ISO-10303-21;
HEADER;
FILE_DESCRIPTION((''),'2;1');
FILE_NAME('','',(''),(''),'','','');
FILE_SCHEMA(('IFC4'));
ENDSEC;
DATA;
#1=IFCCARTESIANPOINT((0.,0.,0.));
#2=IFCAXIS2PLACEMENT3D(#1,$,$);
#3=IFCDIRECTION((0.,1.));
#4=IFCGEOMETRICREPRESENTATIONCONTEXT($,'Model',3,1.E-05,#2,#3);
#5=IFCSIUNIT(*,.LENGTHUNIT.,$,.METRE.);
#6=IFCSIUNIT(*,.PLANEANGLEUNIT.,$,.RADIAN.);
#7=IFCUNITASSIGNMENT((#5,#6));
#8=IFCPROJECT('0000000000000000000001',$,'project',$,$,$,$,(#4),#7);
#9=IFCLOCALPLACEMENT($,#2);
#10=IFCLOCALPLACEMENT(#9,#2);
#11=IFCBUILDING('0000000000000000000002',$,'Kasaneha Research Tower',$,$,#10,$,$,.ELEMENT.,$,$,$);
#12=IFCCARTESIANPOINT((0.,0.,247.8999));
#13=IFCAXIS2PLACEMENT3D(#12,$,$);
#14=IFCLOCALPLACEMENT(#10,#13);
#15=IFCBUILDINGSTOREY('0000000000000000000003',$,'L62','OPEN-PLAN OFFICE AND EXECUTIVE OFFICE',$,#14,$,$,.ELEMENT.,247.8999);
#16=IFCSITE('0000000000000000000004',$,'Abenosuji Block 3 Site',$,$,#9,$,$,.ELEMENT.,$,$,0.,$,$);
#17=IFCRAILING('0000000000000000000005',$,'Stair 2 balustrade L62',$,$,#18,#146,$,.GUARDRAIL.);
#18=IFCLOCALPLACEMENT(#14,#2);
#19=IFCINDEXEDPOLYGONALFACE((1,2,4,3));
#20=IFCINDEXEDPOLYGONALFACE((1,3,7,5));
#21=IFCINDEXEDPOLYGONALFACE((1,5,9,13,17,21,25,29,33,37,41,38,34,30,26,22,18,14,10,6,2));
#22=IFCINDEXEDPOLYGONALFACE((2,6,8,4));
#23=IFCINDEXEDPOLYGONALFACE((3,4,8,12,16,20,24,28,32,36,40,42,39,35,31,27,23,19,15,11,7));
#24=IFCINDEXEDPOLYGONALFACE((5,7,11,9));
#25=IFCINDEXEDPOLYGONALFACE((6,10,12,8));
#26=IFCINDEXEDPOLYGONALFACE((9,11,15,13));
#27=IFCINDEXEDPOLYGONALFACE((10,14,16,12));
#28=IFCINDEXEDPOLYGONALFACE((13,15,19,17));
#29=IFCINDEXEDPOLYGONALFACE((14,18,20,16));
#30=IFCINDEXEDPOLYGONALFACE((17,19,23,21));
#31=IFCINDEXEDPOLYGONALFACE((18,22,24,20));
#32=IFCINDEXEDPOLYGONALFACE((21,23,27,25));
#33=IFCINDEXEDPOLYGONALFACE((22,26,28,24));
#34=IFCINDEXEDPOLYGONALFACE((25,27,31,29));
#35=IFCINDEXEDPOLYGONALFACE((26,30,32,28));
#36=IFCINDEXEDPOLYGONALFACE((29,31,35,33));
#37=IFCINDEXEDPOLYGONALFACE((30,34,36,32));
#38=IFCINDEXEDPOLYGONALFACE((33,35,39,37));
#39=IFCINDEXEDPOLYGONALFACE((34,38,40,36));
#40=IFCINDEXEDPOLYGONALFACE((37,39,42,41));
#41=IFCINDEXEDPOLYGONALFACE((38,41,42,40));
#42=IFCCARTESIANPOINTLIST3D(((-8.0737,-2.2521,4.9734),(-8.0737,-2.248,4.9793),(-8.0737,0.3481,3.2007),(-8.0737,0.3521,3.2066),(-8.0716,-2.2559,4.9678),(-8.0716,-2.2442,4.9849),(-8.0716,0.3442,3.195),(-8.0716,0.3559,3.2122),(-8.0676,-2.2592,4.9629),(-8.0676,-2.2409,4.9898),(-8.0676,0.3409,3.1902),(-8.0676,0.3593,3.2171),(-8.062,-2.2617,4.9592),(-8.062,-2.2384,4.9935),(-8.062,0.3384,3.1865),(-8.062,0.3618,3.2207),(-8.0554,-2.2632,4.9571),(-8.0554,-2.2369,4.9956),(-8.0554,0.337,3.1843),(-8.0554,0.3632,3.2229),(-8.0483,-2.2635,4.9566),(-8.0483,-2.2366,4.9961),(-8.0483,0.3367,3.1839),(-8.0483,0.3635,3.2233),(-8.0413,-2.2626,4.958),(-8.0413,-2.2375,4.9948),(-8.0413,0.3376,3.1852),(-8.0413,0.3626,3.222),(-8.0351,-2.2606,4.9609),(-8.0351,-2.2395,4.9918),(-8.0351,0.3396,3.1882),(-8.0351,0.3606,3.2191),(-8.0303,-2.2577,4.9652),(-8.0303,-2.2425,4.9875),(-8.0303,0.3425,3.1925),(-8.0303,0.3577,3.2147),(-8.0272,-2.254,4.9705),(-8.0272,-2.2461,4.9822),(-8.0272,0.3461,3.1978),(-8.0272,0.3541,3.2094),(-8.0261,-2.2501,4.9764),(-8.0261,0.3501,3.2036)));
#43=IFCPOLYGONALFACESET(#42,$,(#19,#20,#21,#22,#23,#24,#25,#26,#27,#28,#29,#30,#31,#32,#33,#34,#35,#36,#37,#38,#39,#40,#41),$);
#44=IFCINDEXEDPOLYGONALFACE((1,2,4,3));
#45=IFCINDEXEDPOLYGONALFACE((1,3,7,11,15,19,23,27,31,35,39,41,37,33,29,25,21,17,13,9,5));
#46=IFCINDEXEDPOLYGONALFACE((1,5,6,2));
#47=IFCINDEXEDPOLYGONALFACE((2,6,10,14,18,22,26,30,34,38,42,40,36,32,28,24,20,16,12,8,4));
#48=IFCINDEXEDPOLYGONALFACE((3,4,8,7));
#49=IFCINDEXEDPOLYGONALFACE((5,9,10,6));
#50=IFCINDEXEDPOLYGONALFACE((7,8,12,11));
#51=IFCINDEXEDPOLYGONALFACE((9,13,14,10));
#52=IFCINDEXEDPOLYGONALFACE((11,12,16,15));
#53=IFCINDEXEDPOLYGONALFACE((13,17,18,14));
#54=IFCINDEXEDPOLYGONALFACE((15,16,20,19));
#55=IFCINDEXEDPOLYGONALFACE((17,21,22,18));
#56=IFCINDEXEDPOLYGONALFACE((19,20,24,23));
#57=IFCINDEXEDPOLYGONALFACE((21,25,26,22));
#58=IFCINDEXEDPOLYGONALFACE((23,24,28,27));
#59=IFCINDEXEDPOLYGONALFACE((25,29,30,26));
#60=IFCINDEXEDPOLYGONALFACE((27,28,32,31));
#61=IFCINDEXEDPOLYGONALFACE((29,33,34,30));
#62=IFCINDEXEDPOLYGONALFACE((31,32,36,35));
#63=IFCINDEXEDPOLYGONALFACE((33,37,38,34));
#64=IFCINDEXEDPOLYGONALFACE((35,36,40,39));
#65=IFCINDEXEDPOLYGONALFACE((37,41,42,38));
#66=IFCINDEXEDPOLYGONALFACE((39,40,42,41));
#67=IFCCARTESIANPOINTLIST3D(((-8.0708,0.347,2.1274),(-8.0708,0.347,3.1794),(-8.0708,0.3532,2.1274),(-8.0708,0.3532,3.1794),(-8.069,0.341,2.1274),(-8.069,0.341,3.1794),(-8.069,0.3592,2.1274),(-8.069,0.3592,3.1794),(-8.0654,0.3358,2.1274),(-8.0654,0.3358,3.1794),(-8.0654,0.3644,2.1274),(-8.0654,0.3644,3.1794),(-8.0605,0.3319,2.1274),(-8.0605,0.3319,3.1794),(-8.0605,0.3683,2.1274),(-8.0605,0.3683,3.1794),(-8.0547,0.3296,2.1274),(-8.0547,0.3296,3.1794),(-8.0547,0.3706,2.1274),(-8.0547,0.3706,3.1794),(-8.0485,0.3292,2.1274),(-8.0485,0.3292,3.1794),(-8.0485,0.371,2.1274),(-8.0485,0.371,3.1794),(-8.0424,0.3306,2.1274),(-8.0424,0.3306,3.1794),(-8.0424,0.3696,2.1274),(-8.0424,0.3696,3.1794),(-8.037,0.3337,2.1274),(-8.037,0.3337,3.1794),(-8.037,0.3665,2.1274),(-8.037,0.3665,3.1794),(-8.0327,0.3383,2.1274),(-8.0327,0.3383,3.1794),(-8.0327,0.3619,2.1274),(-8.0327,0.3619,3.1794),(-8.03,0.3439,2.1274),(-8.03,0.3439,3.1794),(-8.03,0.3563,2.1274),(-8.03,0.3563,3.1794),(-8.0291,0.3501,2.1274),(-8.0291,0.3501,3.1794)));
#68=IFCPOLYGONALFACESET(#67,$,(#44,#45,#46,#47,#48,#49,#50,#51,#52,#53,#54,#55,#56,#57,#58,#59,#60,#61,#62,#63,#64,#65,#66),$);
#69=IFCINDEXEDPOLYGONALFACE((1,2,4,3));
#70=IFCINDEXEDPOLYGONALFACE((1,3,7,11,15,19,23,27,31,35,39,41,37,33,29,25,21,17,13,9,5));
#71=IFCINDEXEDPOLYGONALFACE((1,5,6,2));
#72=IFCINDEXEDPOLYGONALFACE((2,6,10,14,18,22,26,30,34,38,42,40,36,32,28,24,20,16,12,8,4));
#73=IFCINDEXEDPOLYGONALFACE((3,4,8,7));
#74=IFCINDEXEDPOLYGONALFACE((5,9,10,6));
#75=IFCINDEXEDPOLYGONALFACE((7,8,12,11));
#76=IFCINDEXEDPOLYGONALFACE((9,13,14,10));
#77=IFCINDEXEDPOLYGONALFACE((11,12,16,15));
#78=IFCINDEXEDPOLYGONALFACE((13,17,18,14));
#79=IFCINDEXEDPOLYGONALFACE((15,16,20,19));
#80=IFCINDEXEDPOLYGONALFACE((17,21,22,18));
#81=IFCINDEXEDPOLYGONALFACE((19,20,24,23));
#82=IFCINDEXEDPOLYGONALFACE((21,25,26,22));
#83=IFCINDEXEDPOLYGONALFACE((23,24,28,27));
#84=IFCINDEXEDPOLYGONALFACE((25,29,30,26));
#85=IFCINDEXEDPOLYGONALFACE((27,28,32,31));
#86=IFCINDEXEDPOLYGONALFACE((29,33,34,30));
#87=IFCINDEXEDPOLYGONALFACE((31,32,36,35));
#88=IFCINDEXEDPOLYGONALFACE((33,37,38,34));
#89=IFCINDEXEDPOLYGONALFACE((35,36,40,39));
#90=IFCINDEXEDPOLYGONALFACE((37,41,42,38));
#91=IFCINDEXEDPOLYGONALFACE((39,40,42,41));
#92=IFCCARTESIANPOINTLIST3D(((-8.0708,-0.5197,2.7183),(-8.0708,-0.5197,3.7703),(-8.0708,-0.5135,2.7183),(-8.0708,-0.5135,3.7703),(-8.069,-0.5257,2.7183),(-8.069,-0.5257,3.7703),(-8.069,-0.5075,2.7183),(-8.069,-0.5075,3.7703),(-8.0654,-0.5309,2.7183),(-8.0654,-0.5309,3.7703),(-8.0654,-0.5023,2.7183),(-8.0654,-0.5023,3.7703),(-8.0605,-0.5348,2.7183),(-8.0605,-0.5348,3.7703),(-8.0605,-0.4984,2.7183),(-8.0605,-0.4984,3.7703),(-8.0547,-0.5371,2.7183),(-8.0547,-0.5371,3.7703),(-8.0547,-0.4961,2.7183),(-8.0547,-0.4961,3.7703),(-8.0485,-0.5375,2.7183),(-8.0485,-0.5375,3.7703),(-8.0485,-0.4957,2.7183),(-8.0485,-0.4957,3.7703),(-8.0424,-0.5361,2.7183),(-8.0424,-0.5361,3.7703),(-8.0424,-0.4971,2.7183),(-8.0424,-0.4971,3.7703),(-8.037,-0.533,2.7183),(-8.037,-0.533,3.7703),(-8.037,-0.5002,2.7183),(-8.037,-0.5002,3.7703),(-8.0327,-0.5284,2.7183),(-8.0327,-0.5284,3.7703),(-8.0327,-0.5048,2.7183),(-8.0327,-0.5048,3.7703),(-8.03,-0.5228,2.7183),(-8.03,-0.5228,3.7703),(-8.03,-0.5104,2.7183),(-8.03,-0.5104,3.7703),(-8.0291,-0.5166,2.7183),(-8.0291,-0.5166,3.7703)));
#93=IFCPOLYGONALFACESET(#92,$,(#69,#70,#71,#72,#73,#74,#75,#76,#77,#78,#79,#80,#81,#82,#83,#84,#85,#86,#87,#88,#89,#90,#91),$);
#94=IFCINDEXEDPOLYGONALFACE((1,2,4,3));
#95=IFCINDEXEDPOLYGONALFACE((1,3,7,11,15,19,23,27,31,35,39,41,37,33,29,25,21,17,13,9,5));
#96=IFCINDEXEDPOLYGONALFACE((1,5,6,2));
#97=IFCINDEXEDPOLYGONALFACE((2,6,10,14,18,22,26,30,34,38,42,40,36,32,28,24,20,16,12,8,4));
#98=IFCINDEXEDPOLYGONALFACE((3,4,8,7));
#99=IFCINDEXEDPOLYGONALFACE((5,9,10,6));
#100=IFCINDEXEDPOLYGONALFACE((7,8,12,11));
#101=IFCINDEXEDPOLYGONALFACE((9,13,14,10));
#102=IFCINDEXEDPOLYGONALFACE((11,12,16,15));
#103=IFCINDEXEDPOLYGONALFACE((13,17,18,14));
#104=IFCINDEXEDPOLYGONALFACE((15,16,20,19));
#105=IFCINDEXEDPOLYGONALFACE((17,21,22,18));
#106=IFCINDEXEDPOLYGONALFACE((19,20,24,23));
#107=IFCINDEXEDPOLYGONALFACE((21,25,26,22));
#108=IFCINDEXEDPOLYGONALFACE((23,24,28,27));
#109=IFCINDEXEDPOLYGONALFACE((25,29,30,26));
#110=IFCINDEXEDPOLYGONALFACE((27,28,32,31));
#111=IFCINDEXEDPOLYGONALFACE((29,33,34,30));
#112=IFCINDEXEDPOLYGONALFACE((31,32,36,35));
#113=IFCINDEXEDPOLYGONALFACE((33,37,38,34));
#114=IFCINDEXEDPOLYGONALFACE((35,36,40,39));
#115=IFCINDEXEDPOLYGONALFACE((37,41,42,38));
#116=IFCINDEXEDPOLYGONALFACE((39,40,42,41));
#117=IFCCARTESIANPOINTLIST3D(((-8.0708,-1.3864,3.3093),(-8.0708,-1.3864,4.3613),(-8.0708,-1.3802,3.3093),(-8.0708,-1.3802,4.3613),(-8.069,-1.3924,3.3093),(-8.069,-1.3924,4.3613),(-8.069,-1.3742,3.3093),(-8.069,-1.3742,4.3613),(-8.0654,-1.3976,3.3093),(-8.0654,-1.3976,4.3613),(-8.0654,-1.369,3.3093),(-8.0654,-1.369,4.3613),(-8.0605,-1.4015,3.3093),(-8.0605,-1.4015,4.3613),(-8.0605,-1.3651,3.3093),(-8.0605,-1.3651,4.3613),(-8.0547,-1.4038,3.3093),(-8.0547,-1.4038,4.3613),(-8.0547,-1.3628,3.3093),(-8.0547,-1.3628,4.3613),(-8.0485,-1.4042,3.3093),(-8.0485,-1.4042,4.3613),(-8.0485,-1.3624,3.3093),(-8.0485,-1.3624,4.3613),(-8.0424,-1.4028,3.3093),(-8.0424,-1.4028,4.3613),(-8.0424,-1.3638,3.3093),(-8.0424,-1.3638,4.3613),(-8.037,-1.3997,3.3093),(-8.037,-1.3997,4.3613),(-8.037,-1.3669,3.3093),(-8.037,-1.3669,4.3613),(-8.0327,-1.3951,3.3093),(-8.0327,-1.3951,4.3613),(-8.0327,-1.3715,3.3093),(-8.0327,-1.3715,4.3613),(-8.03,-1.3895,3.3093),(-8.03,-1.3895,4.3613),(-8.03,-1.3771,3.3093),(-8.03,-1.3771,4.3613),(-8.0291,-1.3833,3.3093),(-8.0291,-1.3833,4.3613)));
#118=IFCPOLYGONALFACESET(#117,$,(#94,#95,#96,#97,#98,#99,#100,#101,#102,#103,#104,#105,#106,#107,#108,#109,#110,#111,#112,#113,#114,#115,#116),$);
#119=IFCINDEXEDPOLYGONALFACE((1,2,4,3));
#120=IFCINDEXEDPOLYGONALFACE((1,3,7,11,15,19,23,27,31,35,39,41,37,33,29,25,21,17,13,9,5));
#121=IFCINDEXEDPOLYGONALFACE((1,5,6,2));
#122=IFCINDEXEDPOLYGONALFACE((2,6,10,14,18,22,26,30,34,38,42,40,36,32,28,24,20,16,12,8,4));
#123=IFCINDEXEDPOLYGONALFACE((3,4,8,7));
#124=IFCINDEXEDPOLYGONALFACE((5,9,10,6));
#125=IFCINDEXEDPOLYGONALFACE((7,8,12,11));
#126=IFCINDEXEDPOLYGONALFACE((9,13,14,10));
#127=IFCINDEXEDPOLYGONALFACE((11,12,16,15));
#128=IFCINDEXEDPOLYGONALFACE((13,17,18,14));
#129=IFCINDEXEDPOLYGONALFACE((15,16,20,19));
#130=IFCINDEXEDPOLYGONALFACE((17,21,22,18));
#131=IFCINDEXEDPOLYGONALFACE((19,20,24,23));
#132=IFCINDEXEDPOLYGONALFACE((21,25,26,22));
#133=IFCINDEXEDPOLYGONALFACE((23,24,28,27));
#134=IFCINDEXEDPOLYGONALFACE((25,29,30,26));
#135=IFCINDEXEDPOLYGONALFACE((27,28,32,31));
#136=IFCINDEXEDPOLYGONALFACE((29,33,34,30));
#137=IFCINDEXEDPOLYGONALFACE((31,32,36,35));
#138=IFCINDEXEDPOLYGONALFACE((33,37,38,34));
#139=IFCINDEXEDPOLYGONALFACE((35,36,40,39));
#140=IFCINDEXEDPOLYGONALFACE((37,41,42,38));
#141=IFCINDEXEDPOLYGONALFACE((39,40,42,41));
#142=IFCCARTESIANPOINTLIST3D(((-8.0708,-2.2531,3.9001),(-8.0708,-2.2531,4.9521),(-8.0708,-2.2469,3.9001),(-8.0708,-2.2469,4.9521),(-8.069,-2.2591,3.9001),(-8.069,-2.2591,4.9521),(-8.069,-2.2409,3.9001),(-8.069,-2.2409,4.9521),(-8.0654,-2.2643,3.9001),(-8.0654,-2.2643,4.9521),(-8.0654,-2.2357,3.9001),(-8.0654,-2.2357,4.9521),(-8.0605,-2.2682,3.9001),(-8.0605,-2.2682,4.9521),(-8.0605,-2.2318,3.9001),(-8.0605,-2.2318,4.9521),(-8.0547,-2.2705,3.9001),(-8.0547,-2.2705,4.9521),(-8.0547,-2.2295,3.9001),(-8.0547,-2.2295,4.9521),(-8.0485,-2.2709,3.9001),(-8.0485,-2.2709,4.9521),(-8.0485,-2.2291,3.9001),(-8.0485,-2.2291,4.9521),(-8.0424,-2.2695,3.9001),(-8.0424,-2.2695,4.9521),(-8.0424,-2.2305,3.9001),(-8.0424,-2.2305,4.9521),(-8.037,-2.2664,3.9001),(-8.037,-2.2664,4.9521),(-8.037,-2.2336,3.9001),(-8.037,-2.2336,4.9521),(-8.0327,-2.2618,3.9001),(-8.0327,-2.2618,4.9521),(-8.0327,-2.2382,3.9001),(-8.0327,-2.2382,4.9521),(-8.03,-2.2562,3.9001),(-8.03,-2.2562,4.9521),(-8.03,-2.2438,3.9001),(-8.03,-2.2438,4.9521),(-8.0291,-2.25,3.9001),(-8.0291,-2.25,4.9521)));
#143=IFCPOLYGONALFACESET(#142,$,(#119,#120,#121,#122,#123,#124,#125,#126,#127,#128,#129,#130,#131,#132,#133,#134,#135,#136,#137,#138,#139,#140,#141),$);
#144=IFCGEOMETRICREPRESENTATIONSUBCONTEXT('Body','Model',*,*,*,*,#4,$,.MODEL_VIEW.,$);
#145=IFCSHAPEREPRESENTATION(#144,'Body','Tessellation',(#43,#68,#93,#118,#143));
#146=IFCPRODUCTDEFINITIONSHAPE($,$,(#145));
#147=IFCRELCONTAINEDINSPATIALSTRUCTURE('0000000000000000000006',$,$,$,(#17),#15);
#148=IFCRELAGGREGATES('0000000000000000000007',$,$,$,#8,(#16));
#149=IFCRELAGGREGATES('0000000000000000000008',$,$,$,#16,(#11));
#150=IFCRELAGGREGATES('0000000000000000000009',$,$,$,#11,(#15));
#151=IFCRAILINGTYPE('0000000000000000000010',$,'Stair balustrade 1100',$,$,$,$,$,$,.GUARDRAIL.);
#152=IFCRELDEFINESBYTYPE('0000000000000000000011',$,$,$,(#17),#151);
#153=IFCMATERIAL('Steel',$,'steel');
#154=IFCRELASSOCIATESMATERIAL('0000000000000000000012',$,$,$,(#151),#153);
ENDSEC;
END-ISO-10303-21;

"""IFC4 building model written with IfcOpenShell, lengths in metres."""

from ifc_helpers import new_model, si_unit, direction, frame, origin, origin_2d, place, context, subcontext, project, spatial, circle, extrude, material, type_object, element, save


model = new_model("IFC4")

# Units and contexts
model_context = context("Model", 3, precision=1e-05, world=origin(), true_north=direction((0.0, 1.0)))
body_context = subcontext(model_context, "Body", "Model", "MODEL_VIEW")
ifc_project = project(units=[si_unit("LENGTHUNIT", "METRE"), si_unit("PLANEANGLEUNIT", "RADIAN")], contexts=[model_context])

# Site, building, storey
site_placement = place(None, origin())
site = spatial("IfcSite", under=ifc_project, at=site_placement, Name="Abenosuji Block 3 Site", CompositionType="ELEMENT", RefElevation=0.0)
building_placement = place(site_placement, origin())
building = spatial("IfcBuilding", under=site, at=building_placement, Name="Kasaneha Research Tower", CompositionType="ELEMENT")
storey_placement = place(building_placement, frame((0.0, 0.0, 247.8999)))
storey = spatial("IfcBuildingStorey", under=building, at=storey_placement, Name="L62", Description="OPEN-PLAN OFFICE AND EXECUTIVE OFFICE", CompositionType="ELEMENT", Elevation=247.8999)

# Railing
ifc_material_1 = material(Name="Steel", Category="steel")
railing_type_1 = type_object("IfcRailingType", Name="Stair balustrade 1100", PredefinedType="GUARDRAIL", material=ifc_material_1)
railing_1_placement = place(storey_placement, frame((-8.05, 0.3501, 2.1274)))
element("IfcRailing", 1, at=railing_1_placement, inside=storey, type_object=railing_type_1, Name="Stair 2 balustrade L62", PredefinedType="GUARDRAIL", context=body_context, shape_type="SweptSolid", body=[
    extrude(circle(Radius=0.0239, at=origin_2d()), frame((0.0, 0.0, 1.0762), z_axis=(0.0, -0.82624, 0.563318), x_axis=(1.0, 0.0, 0.0)), (0.0, 0.0, 1.0), 3.147),
    extrude(circle(Radius=0.021, at=origin_2d()), origin(), (0.0, 0.0, 1.0), 1.052),
    extrude(circle(Radius=0.021, at=origin_2d()), frame((0.0, -0.8667, 0.5908)), (0.0, 0.0, 1.0), 1.052),
    extrude(circle(Radius=0.021, at=origin_2d()), frame((0.0, -1.7334, 1.1819)), (0.0, 0.0, 1.0), 1.052),
    extrude(circle(Radius=0.021, at=origin_2d()), frame((0.0, -2.6001, 1.7727)), (0.0, 0.0, 1.0), 1.052),
])

save(model, "model.ifc")
